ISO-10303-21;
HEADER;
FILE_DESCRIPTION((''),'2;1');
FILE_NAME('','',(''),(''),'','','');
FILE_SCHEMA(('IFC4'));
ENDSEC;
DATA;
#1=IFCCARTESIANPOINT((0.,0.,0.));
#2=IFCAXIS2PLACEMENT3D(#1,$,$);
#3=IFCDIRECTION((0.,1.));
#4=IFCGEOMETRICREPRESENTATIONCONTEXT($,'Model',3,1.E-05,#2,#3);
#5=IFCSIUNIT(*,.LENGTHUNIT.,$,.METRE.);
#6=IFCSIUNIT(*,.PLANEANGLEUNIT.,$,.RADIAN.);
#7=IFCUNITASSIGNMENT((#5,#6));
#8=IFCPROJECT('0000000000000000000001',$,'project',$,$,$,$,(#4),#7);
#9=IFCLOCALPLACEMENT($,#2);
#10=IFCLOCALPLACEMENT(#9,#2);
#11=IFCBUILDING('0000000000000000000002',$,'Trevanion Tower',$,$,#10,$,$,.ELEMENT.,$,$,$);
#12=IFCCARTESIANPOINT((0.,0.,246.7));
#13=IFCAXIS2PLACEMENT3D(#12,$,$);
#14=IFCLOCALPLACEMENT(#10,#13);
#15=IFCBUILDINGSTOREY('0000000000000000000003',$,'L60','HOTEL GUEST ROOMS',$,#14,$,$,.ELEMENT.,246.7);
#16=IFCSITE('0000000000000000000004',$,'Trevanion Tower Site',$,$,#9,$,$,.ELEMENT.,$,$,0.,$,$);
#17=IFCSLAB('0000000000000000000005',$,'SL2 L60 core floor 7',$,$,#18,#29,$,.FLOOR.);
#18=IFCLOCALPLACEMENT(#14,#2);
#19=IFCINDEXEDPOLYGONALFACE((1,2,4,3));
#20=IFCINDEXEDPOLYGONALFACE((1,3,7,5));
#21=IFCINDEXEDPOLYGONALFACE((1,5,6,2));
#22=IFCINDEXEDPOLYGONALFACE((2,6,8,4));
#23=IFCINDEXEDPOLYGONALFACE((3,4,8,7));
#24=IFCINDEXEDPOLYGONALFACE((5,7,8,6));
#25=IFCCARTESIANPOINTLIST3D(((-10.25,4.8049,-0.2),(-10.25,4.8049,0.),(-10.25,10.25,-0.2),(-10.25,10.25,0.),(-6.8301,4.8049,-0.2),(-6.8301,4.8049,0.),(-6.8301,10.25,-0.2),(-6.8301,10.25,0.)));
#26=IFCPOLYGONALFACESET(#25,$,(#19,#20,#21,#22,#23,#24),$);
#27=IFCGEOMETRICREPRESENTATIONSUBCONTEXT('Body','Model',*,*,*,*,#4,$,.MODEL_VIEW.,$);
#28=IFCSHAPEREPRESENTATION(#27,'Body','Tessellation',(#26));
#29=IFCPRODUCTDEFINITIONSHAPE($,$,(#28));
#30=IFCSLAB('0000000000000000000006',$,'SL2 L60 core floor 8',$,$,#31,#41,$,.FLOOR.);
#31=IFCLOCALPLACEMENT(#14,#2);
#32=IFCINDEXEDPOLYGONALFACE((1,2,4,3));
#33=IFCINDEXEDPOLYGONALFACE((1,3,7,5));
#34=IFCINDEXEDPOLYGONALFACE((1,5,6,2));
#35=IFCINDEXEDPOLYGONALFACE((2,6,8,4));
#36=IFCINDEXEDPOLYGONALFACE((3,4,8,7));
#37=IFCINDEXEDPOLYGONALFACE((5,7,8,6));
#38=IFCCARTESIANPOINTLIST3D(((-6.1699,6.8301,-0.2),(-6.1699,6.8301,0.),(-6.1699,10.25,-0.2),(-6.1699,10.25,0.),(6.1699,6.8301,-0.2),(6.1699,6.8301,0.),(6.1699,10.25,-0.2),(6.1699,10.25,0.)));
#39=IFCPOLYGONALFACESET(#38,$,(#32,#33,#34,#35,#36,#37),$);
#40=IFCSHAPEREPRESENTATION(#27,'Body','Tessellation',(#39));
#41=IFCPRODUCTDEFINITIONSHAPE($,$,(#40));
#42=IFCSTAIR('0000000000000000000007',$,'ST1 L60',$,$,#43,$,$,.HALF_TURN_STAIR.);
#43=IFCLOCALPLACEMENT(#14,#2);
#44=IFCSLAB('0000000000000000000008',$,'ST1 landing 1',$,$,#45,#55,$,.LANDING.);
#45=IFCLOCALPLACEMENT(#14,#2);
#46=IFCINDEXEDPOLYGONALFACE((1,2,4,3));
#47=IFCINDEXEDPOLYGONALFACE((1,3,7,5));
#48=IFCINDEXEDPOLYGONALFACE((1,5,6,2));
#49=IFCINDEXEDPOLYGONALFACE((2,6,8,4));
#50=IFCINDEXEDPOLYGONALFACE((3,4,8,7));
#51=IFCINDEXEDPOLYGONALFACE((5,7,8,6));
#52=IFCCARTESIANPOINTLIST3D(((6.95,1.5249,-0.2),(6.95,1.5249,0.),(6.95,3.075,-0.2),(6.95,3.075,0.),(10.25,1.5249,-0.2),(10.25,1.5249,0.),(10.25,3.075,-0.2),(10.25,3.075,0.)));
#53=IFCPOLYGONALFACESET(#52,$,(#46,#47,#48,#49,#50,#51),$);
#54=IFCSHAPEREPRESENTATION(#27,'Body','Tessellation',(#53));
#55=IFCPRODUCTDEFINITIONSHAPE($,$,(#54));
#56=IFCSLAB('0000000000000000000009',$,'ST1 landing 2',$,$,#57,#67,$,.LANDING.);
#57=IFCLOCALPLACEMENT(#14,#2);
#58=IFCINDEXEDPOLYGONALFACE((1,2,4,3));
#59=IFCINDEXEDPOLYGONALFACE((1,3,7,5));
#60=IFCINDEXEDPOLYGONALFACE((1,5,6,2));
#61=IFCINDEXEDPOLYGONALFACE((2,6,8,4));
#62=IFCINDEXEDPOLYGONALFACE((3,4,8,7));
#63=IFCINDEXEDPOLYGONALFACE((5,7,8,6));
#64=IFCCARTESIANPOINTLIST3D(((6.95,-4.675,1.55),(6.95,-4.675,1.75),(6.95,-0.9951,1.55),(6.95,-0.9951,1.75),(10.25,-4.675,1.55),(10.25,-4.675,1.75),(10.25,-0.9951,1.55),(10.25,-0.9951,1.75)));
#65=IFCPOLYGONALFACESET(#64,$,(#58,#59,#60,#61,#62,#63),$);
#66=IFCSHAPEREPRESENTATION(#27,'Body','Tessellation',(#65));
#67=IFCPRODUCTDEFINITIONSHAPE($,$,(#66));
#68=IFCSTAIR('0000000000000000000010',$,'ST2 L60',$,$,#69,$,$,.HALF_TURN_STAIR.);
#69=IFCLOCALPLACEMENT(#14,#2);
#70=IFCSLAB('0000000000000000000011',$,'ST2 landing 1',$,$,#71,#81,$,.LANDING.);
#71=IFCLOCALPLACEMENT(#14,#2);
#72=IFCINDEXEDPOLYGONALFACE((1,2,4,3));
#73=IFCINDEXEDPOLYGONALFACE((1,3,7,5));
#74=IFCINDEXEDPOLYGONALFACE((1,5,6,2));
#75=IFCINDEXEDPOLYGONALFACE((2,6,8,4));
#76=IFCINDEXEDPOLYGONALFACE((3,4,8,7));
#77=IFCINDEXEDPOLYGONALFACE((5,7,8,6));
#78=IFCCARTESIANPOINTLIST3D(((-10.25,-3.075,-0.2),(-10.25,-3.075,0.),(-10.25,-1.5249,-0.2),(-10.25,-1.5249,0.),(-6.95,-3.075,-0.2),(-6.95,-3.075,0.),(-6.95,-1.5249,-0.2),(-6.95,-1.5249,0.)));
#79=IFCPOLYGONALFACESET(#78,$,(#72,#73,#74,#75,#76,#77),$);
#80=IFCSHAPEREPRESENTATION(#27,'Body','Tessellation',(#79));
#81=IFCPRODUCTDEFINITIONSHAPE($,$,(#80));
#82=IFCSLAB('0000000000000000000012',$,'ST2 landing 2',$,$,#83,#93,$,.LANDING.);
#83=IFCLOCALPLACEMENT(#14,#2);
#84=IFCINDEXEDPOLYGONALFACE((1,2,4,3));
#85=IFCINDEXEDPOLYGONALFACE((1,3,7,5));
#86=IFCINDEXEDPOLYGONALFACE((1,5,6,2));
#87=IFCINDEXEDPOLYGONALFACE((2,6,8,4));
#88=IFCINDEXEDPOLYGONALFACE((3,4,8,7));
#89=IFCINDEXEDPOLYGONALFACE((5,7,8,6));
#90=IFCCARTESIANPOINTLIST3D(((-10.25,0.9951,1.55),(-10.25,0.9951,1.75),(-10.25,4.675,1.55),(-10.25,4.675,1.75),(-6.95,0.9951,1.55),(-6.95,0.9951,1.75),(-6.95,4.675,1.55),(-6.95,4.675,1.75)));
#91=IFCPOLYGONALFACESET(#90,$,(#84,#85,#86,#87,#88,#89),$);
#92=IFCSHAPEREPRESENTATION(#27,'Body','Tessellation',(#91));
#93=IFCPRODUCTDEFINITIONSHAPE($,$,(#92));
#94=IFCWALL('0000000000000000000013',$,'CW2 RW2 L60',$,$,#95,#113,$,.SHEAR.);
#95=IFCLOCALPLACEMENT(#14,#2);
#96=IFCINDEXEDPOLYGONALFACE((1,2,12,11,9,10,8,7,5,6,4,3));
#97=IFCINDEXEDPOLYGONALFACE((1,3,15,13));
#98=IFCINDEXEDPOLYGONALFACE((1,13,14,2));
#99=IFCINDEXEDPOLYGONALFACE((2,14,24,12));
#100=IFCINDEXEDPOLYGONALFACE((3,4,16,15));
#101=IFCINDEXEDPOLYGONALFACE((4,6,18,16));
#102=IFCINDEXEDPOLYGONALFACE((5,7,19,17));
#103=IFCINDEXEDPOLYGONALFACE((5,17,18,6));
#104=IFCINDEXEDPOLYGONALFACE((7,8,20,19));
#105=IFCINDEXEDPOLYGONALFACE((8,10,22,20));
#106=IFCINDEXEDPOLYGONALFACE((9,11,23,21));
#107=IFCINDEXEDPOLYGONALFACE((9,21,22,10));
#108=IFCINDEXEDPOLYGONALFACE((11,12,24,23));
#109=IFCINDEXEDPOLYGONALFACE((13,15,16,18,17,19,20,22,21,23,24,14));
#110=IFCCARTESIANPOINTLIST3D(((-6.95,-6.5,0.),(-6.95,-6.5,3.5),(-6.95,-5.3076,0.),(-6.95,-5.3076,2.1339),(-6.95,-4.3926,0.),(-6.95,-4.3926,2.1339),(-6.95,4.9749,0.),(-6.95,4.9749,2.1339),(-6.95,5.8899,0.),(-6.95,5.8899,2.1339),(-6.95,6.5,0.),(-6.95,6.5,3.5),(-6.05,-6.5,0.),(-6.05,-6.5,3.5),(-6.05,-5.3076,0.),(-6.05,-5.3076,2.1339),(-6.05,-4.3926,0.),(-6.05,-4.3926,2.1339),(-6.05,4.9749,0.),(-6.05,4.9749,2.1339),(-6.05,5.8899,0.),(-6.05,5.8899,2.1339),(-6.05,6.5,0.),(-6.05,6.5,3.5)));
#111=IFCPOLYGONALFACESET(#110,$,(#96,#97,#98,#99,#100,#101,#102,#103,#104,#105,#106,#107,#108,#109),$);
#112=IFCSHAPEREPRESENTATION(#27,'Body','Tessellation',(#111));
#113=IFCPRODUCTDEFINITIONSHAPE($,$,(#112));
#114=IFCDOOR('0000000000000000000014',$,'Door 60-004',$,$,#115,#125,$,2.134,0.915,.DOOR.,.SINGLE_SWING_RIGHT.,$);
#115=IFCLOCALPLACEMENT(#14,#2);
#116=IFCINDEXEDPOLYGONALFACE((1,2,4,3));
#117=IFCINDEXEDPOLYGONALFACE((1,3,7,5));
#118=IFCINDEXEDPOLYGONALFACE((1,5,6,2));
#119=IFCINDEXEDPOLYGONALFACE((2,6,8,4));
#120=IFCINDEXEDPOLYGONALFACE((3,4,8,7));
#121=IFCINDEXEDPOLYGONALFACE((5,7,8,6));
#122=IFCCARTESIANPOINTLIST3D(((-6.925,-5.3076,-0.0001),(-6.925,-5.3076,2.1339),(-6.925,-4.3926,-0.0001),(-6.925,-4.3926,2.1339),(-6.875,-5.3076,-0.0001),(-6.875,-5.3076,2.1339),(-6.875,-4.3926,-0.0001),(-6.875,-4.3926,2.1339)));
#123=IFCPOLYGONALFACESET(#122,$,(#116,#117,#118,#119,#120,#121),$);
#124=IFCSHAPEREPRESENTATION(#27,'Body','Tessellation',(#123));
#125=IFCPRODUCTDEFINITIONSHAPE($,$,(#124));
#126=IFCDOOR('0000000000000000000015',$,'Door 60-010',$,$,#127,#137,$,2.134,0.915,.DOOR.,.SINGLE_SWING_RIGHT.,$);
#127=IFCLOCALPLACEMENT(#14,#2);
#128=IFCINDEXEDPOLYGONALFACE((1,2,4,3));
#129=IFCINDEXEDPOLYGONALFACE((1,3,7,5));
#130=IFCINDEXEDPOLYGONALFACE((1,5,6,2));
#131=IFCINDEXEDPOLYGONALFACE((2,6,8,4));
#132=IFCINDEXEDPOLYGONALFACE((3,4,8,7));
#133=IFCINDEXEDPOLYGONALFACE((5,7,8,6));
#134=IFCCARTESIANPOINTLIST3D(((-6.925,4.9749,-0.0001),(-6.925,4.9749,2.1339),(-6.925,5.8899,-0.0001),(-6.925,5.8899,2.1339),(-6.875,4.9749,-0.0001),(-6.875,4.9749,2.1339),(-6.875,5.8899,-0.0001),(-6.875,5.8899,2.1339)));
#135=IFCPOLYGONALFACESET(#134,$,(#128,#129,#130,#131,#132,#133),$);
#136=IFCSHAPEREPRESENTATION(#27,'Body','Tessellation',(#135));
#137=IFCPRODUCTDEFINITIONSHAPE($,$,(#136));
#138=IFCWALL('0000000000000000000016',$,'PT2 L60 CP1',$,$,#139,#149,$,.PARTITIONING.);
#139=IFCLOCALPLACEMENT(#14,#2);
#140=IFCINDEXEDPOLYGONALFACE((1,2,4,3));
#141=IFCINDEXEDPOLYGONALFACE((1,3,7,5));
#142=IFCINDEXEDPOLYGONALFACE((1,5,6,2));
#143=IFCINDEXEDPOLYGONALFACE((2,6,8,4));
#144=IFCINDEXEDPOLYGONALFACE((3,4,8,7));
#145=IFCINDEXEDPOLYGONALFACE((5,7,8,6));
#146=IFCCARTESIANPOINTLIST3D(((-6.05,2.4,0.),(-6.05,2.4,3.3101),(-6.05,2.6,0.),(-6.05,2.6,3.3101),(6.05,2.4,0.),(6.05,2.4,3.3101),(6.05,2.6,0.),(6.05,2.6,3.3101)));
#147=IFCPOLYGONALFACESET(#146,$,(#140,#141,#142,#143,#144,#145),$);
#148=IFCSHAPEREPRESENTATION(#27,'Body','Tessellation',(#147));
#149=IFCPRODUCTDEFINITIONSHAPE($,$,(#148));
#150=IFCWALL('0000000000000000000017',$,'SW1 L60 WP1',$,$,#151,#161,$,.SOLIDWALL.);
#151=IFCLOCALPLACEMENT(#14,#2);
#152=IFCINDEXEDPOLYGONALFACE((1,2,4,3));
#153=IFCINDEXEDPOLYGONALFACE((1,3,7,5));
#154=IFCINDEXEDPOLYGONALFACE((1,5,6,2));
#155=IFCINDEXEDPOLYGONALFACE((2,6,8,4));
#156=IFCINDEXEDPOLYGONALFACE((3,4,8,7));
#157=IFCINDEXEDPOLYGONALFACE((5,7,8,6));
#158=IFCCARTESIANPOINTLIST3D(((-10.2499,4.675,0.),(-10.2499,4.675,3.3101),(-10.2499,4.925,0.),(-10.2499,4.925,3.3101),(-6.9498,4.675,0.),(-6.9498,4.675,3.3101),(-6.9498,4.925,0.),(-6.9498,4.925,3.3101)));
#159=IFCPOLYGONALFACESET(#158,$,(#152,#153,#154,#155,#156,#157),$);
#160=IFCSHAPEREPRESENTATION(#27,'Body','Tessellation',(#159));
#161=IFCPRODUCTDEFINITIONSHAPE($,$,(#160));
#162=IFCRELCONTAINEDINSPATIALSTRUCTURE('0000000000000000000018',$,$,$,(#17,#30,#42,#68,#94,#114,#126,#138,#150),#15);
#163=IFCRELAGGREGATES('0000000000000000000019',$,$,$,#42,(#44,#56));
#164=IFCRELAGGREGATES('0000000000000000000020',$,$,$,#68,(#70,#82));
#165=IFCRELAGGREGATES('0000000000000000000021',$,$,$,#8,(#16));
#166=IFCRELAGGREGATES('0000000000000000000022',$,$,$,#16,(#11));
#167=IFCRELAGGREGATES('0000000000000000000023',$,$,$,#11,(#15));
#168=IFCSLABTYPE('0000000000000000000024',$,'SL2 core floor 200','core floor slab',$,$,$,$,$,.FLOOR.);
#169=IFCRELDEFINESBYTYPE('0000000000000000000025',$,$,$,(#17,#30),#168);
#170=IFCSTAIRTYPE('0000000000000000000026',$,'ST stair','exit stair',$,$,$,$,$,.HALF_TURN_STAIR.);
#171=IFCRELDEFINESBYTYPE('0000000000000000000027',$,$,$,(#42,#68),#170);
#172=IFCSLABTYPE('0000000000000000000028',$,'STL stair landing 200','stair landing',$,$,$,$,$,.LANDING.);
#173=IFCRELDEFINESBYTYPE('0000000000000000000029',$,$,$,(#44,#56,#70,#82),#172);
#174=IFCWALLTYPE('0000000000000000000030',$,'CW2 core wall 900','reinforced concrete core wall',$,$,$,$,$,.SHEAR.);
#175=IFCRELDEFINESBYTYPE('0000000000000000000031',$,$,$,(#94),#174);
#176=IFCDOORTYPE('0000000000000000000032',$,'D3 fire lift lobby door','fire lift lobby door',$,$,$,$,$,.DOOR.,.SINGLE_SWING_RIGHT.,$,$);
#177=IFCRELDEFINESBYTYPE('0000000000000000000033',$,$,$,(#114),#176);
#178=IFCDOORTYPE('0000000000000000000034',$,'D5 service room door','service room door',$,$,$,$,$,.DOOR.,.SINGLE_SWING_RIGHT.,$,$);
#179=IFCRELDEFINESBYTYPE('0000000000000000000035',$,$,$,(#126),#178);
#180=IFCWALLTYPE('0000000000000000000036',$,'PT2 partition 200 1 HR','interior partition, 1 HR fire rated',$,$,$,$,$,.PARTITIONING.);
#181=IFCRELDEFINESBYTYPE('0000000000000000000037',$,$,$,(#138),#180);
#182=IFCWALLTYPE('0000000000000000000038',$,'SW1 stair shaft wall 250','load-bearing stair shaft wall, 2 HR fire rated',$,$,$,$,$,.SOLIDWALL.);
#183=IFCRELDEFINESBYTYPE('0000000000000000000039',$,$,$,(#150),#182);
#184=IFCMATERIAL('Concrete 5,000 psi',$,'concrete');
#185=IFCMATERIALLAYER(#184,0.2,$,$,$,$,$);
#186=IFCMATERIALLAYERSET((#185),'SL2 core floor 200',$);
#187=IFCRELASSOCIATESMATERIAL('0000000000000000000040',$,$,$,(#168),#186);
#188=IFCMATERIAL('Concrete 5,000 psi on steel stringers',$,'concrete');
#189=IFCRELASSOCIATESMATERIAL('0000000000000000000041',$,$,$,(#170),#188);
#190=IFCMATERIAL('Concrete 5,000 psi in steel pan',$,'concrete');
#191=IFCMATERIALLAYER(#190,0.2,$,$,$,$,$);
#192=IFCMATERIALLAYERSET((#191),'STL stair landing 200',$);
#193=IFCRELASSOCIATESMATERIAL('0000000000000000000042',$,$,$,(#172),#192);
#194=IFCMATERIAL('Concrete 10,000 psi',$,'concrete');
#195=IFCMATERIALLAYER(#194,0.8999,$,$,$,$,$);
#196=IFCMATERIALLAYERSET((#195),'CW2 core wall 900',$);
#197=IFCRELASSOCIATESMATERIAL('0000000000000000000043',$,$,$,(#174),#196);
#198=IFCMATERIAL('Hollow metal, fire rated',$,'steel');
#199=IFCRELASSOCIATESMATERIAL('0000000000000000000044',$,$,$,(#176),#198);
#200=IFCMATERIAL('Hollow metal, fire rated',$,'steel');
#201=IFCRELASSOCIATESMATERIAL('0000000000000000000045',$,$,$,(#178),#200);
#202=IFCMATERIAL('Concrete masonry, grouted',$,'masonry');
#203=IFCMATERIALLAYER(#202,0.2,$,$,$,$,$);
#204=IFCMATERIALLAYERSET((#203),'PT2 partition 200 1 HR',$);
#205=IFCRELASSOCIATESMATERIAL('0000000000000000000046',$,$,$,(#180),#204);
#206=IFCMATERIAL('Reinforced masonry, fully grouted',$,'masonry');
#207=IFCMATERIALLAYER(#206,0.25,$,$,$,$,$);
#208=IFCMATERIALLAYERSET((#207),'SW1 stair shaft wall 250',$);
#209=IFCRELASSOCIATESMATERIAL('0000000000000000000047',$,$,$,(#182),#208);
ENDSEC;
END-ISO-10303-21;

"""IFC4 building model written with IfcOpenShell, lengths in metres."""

from ifc_helpers import new_model, si_unit, direction, frame, frame_2d, origin, place, context, subcontext, project, spatial, polyline, rectangle, outline, extrude, material, layer, layer_set, type_object, element, fill, aggregate, save


model = new_model("IFC4")

# Units and contexts
model_context = context("Model", 3, precision=1e-05, world=origin(), true_north=direction((0.0, 1.0)))
body_context = subcontext(model_context, "Body", "Model", "MODEL_VIEW")
ifc_project = project(units=[si_unit("LENGTHUNIT", "METRE"), si_unit("PLANEANGLEUNIT", "RADIAN")], contexts=[model_context])

# Site, building, storey
site_placement = place(None, origin())
site = spatial("IfcSite", under=ifc_project, at=site_placement, Name="Trevanion Tower Site", CompositionType="ELEMENT", RefElevation=0.0)
building_placement = place(site_placement, origin())
building = spatial("IfcBuilding", under=site, at=building_placement, Name="Trevanion Tower", CompositionType="ELEMENT")
storey_placement = place(building_placement, frame((0.0, 0.0, 246.7)))
storey = spatial("IfcBuildingStorey", under=building, at=storey_placement, Name="L60", Description="HOTEL GUEST ROOMS", CompositionType="ELEMENT", Elevation=246.7)

# Slabs
ifc_material_1 = material(Name="Concrete 5,000 psi", Category="concrete")
ifc_layer_1 = layer(ifc_material_1, 0.2)
ifc_layer_set_1 = layer_set([ifc_layer_1], Name="SL2 core floor 200")
slab_type_1 = type_object("IfcSlabType", Name="SL2 core floor 200", Description="core floor slab", PredefinedType="FLOOR", material=ifc_layer_set_1)
slab_1_placement = place(storey_placement, frame((0.0, 0.0, -0.2)))
element("IfcSlab", 1, at=slab_1_placement, inside=storey, type_object=slab_type_1, Name="SL2 L60 core floor 7", PredefinedType="FLOOR", context=body_context, shape_type="SweptSolid", body=[
    extrude(outline(polyline([(-6.8301, 4.8049), (-10.25, 4.8049), (-10.25, 10.25), (-6.8301, 10.25), (-6.8301, 4.8049)])), origin(), (0.0, 0.0, 1.0), 0.2),
])
slab_2_placement = place(storey_placement, frame((0.0, 0.0, -0.2)))
element("IfcSlab", 2, at=slab_2_placement, inside=storey, type_object=slab_type_1, Name="SL2 L60 core floor 8", PredefinedType="FLOOR", context=body_context, shape_type="SweptSolid", body=[
    extrude(outline(polyline([(6.1699, 6.8301), (-6.1699, 6.8301), (-6.1699, 10.25), (6.1699, 10.25), (6.1699, 6.8301)])), origin(), (0.0, 0.0, 1.0), 0.2),
])

# Stairs, slabs
ifc_material_2 = material(Name="Concrete 5,000 psi on steel stringers", Category="concrete")
stair_type = type_object("IfcStairType", Name="ST stair", Description="exit stair", PredefinedType="HALF_TURN_STAIR", material=ifc_material_2)
stair_1_placement = place(storey_placement, origin())
stair_1 = element("IfcStair", 3, at=stair_1_placement, inside=storey, type_object=stair_type, Name="ST1 L60", PredefinedType="HALF_TURN_STAIR")
ifc_material_3 = material(Name="Concrete 5,000 psi in steel pan", Category="concrete")
ifc_layer_2 = layer(ifc_material_3, 0.2)
ifc_layer_set_2 = layer_set([ifc_layer_2], Name="STL stair landing 200")
slab_type_2 = type_object("IfcSlabType", Name="STL stair landing 200", Description="stair landing", PredefinedType="LANDING", material=ifc_layer_set_2)
slab_3_placement = place(storey_placement, frame((0.0, 0.0, -0.2)))
slab_3 = element("IfcSlab", 4, at=slab_3_placement, type_object=slab_type_2, Name="ST1 landing 1", PredefinedType="LANDING", context=body_context, shape_type="SweptSolid", body=[
    extrude(outline(polyline([(6.95, 1.5249), (10.25, 1.5249), (10.25, 3.075), (6.95, 3.075), (6.95, 1.5249)])), origin(), (0.0, 0.0, 1.0), 0.2),
])
slab_4_placement = place(storey_placement, frame((0.0, 0.0, 1.55)))
slab_4 = element("IfcSlab", 5, at=slab_4_placement, type_object=slab_type_2, Name="ST1 landing 2", PredefinedType="LANDING", context=body_context, shape_type="SweptSolid", body=[
    extrude(outline(polyline([(6.95, -4.675), (10.25, -4.675), (10.25, -0.9951), (6.95, -0.9951), (6.95, -4.675)])), origin(), (0.0, 0.0, 1.0), 0.2),
])
aggregate(stair_1, [slab_3, slab_4])
stair_2_placement = place(storey_placement, origin())
stair_2 = element("IfcStair", 6, at=stair_2_placement, inside=storey, type_object=stair_type, Name="ST2 L60", PredefinedType="HALF_TURN_STAIR")
slab_5_placement = place(storey_placement, frame((0.0, 0.0, -0.2)))
slab_5 = element("IfcSlab", 7, at=slab_5_placement, type_object=slab_type_2, Name="ST2 landing 1", PredefinedType="LANDING", context=body_context, shape_type="SweptSolid", body=[
    extrude(outline(polyline([(-6.95, -1.5249), (-10.25, -1.5249), (-10.25, -3.075), (-6.95, -3.075), (-6.95, -1.5249)])), origin(), (0.0, 0.0, 1.0), 0.2),
])
slab_6_placement = place(storey_placement, frame((0.0, 0.0, 1.55)))
slab_6 = element("IfcSlab", 8, at=slab_6_placement, type_object=slab_type_2, Name="ST2 landing 2", PredefinedType="LANDING", context=body_context, shape_type="SweptSolid", body=[
    extrude(outline(polyline([(-6.95, 4.675), (-10.25, 4.675), (-10.25, 0.9951), (-6.95, 0.9951), (-6.95, 4.675)])), origin(), (0.0, 0.0, 1.0), 0.2),
])

# Wall, openings, doors
ifc_material_4 = material(Name="Concrete 10,000 psi", Category="concrete")
ifc_layer_3 = layer(ifc_material_4, 0.8999)
ifc_layer_set_3 = layer_set([ifc_layer_3], Name="CW2 core wall 900")
wall_type_1 = type_object("IfcWallType", Name="CW2 core wall 900", Description="reinforced concrete core wall", PredefinedType="SHEAR", material=ifc_layer_set_3)
wall_1_placement = place(storey_placement, frame((-6.5, 6.5, 0.0), z_axis=(0.0, 0.0, 1.0), x_axis=(0.0, -1.0, 0.0)))
wall_1 = element("IfcWall", 9, at=wall_1_placement, inside=storey, type_object=wall_type_1, Name="CW2 RW2 L60", PredefinedType="SHEAR", context=body_context, shape_type="SweptSolid", body=[
    extrude(rectangle(XDim=13.0, YDim=0.8999, at=frame_2d((6.5, 0.0))), origin(), (0.0, 0.0, 1.0), 3.5),
])
opening_1_placement = place(wall_1_placement, frame((10.8926, 0.0, 0.0)))
opening_1 = element("IfcOpeningElement", 10, at=opening_1_placement, cuts=wall_1, PredefinedType="OPENING", context=body_context, shape_type="SweptSolid", body=[
    extrude(rectangle(XDim=0.915, YDim=2.134, at=frame_2d((0.4575, 1.0669))), frame((0.0, 0.46, 0.0), z_axis=(0.0, -1.0, 0.0), x_axis=(1.0, 0.0, 0.0)), (0.0, 0.0, 1.0), 0.9199),
])
opening_2_placement = place(wall_1_placement, frame((0.6101, 0.0, 0.0)))
opening_2 = element("IfcOpeningElement", 11, at=opening_2_placement, cuts=wall_1, PredefinedType="OPENING", context=body_context, shape_type="SweptSolid", body=[
    extrude(rectangle(XDim=0.915, YDim=2.134, at=frame_2d((0.4575, 1.0669))), frame((0.0, 0.46, 0.0), z_axis=(0.0, -1.0, 0.0), x_axis=(1.0, 0.0, 0.0)), (0.0, 0.0, 1.0), 0.9199),
])
ifc_material_5 = material(Name="Hollow metal, fire rated", Category="steel")
door_type_1 = type_object("IfcDoorType", Name="D3 fire lift lobby door", Description="fire lift lobby door", OperationType="SINGLE_SWING_RIGHT", PredefinedType="DOOR", material=ifc_material_5)
door_1_placement = place(opening_1_placement, origin())
door_1 = element("IfcDoor", 12, at=door_1_placement, inside=storey, type_object=door_type_1, Name="Door 60-004", OperationType="SINGLE_SWING_RIGHT", OverallHeight=2.134, OverallWidth=0.915, PredefinedType="DOOR", context=body_context, shape_type="SweptSolid", body=[
    extrude(rectangle(XDim=0.915, YDim=2.134, at=frame_2d((0.4575, 1.0669))), frame((0.0, -0.375, 0.0), z_axis=(0.0, -1.0, 0.0), x_axis=(1.0, 0.0, 0.0)), (0.0, 0.0, 1.0), 0.05),
])
fill(opening_1, door_1)
ifc_material_6 = material(Name="Hollow metal, fire rated", Category="steel")
door_type_2 = type_object("IfcDoorType", Name="D5 service room door", Description="service room door", OperationType="SINGLE_SWING_RIGHT", PredefinedType="DOOR", material=ifc_material_6)
door_2_placement = place(opening_2_placement, origin())
door_2 = element("IfcDoor", 13, at=door_2_placement, inside=storey, type_object=door_type_2, Name="Door 60-010", OperationType="SINGLE_SWING_RIGHT", OverallHeight=2.134, OverallWidth=0.915, PredefinedType="DOOR", context=body_context, shape_type="SweptSolid", body=[
    extrude(rectangle(XDim=0.915, YDim=2.134, at=frame_2d((0.4575, 1.0669))), frame((0.0, -0.375, 0.0), z_axis=(0.0, -1.0, 0.0), x_axis=(1.0, 0.0, 0.0)), (0.0, 0.0, 1.0), 0.05),
])
fill(opening_2, door_2)

# Walls
ifc_material_7 = material(Name="Concrete masonry, grouted", Category="masonry")
ifc_layer_4 = layer(ifc_material_7, 0.2)
ifc_layer_set_4 = layer_set([ifc_layer_4], Name="PT2 partition 200 1 HR")
wall_type_2 = type_object("IfcWallType", Name="PT2 partition 200 1 HR", Description="interior partition, 1 HR fire rated", PredefinedType="PARTITIONING", material=ifc_layer_set_4)
wall_2_placement = place(storey_placement, frame((-6.05, 2.5, 0.0), z_axis=(0.0, 0.0, 1.0), x_axis=(1.0, 0.0, 0.0)))
element("IfcWall", 14, at=wall_2_placement, inside=storey, type_object=wall_type_2, Name="PT2 L60 CP1", PredefinedType="PARTITIONING", context=body_context, shape_type="SweptSolid", body=[
    extrude(rectangle(XDim=12.1001, YDim=0.2, at=frame_2d((6.05, 0.0))), origin(), (0.0, 0.0, 1.0), 3.3101),
])
ifc_material_8 = material(Name="Reinforced masonry, fully grouted", Category="masonry")
ifc_layer_5 = layer(ifc_material_8, 0.25)
ifc_layer_set_5 = layer_set([ifc_layer_5], Name="SW1 stair shaft wall 250")
wall_type_3 = type_object("IfcWallType", Name="SW1 stair shaft wall 250", Description="load-bearing stair shaft wall, 2 HR fire rated", PredefinedType="SOLIDWALL", material=ifc_layer_set_5)
wall_3_placement = place(storey_placement, frame((-6.95, 4.8, 0.0), z_axis=(0.0, 0.0, 1.0), x_axis=(-1.0, 0.0, 0.0)))
element("IfcWall", 15, at=wall_3_placement, inside=storey, type_object=wall_type_3, Name="SW1 L60 WP1", PredefinedType="SOLIDWALL", context=body_context, shape_type="SweptSolid", body=[
    extrude(rectangle(XDim=3.3, YDim=0.25, at=frame_2d((1.6499, 0.0))), origin(), (0.0, 0.0, 1.0), 3.3101),
])

aggregate(stair_2, [slab_5, slab_6])

save(model, "model.ifc")
